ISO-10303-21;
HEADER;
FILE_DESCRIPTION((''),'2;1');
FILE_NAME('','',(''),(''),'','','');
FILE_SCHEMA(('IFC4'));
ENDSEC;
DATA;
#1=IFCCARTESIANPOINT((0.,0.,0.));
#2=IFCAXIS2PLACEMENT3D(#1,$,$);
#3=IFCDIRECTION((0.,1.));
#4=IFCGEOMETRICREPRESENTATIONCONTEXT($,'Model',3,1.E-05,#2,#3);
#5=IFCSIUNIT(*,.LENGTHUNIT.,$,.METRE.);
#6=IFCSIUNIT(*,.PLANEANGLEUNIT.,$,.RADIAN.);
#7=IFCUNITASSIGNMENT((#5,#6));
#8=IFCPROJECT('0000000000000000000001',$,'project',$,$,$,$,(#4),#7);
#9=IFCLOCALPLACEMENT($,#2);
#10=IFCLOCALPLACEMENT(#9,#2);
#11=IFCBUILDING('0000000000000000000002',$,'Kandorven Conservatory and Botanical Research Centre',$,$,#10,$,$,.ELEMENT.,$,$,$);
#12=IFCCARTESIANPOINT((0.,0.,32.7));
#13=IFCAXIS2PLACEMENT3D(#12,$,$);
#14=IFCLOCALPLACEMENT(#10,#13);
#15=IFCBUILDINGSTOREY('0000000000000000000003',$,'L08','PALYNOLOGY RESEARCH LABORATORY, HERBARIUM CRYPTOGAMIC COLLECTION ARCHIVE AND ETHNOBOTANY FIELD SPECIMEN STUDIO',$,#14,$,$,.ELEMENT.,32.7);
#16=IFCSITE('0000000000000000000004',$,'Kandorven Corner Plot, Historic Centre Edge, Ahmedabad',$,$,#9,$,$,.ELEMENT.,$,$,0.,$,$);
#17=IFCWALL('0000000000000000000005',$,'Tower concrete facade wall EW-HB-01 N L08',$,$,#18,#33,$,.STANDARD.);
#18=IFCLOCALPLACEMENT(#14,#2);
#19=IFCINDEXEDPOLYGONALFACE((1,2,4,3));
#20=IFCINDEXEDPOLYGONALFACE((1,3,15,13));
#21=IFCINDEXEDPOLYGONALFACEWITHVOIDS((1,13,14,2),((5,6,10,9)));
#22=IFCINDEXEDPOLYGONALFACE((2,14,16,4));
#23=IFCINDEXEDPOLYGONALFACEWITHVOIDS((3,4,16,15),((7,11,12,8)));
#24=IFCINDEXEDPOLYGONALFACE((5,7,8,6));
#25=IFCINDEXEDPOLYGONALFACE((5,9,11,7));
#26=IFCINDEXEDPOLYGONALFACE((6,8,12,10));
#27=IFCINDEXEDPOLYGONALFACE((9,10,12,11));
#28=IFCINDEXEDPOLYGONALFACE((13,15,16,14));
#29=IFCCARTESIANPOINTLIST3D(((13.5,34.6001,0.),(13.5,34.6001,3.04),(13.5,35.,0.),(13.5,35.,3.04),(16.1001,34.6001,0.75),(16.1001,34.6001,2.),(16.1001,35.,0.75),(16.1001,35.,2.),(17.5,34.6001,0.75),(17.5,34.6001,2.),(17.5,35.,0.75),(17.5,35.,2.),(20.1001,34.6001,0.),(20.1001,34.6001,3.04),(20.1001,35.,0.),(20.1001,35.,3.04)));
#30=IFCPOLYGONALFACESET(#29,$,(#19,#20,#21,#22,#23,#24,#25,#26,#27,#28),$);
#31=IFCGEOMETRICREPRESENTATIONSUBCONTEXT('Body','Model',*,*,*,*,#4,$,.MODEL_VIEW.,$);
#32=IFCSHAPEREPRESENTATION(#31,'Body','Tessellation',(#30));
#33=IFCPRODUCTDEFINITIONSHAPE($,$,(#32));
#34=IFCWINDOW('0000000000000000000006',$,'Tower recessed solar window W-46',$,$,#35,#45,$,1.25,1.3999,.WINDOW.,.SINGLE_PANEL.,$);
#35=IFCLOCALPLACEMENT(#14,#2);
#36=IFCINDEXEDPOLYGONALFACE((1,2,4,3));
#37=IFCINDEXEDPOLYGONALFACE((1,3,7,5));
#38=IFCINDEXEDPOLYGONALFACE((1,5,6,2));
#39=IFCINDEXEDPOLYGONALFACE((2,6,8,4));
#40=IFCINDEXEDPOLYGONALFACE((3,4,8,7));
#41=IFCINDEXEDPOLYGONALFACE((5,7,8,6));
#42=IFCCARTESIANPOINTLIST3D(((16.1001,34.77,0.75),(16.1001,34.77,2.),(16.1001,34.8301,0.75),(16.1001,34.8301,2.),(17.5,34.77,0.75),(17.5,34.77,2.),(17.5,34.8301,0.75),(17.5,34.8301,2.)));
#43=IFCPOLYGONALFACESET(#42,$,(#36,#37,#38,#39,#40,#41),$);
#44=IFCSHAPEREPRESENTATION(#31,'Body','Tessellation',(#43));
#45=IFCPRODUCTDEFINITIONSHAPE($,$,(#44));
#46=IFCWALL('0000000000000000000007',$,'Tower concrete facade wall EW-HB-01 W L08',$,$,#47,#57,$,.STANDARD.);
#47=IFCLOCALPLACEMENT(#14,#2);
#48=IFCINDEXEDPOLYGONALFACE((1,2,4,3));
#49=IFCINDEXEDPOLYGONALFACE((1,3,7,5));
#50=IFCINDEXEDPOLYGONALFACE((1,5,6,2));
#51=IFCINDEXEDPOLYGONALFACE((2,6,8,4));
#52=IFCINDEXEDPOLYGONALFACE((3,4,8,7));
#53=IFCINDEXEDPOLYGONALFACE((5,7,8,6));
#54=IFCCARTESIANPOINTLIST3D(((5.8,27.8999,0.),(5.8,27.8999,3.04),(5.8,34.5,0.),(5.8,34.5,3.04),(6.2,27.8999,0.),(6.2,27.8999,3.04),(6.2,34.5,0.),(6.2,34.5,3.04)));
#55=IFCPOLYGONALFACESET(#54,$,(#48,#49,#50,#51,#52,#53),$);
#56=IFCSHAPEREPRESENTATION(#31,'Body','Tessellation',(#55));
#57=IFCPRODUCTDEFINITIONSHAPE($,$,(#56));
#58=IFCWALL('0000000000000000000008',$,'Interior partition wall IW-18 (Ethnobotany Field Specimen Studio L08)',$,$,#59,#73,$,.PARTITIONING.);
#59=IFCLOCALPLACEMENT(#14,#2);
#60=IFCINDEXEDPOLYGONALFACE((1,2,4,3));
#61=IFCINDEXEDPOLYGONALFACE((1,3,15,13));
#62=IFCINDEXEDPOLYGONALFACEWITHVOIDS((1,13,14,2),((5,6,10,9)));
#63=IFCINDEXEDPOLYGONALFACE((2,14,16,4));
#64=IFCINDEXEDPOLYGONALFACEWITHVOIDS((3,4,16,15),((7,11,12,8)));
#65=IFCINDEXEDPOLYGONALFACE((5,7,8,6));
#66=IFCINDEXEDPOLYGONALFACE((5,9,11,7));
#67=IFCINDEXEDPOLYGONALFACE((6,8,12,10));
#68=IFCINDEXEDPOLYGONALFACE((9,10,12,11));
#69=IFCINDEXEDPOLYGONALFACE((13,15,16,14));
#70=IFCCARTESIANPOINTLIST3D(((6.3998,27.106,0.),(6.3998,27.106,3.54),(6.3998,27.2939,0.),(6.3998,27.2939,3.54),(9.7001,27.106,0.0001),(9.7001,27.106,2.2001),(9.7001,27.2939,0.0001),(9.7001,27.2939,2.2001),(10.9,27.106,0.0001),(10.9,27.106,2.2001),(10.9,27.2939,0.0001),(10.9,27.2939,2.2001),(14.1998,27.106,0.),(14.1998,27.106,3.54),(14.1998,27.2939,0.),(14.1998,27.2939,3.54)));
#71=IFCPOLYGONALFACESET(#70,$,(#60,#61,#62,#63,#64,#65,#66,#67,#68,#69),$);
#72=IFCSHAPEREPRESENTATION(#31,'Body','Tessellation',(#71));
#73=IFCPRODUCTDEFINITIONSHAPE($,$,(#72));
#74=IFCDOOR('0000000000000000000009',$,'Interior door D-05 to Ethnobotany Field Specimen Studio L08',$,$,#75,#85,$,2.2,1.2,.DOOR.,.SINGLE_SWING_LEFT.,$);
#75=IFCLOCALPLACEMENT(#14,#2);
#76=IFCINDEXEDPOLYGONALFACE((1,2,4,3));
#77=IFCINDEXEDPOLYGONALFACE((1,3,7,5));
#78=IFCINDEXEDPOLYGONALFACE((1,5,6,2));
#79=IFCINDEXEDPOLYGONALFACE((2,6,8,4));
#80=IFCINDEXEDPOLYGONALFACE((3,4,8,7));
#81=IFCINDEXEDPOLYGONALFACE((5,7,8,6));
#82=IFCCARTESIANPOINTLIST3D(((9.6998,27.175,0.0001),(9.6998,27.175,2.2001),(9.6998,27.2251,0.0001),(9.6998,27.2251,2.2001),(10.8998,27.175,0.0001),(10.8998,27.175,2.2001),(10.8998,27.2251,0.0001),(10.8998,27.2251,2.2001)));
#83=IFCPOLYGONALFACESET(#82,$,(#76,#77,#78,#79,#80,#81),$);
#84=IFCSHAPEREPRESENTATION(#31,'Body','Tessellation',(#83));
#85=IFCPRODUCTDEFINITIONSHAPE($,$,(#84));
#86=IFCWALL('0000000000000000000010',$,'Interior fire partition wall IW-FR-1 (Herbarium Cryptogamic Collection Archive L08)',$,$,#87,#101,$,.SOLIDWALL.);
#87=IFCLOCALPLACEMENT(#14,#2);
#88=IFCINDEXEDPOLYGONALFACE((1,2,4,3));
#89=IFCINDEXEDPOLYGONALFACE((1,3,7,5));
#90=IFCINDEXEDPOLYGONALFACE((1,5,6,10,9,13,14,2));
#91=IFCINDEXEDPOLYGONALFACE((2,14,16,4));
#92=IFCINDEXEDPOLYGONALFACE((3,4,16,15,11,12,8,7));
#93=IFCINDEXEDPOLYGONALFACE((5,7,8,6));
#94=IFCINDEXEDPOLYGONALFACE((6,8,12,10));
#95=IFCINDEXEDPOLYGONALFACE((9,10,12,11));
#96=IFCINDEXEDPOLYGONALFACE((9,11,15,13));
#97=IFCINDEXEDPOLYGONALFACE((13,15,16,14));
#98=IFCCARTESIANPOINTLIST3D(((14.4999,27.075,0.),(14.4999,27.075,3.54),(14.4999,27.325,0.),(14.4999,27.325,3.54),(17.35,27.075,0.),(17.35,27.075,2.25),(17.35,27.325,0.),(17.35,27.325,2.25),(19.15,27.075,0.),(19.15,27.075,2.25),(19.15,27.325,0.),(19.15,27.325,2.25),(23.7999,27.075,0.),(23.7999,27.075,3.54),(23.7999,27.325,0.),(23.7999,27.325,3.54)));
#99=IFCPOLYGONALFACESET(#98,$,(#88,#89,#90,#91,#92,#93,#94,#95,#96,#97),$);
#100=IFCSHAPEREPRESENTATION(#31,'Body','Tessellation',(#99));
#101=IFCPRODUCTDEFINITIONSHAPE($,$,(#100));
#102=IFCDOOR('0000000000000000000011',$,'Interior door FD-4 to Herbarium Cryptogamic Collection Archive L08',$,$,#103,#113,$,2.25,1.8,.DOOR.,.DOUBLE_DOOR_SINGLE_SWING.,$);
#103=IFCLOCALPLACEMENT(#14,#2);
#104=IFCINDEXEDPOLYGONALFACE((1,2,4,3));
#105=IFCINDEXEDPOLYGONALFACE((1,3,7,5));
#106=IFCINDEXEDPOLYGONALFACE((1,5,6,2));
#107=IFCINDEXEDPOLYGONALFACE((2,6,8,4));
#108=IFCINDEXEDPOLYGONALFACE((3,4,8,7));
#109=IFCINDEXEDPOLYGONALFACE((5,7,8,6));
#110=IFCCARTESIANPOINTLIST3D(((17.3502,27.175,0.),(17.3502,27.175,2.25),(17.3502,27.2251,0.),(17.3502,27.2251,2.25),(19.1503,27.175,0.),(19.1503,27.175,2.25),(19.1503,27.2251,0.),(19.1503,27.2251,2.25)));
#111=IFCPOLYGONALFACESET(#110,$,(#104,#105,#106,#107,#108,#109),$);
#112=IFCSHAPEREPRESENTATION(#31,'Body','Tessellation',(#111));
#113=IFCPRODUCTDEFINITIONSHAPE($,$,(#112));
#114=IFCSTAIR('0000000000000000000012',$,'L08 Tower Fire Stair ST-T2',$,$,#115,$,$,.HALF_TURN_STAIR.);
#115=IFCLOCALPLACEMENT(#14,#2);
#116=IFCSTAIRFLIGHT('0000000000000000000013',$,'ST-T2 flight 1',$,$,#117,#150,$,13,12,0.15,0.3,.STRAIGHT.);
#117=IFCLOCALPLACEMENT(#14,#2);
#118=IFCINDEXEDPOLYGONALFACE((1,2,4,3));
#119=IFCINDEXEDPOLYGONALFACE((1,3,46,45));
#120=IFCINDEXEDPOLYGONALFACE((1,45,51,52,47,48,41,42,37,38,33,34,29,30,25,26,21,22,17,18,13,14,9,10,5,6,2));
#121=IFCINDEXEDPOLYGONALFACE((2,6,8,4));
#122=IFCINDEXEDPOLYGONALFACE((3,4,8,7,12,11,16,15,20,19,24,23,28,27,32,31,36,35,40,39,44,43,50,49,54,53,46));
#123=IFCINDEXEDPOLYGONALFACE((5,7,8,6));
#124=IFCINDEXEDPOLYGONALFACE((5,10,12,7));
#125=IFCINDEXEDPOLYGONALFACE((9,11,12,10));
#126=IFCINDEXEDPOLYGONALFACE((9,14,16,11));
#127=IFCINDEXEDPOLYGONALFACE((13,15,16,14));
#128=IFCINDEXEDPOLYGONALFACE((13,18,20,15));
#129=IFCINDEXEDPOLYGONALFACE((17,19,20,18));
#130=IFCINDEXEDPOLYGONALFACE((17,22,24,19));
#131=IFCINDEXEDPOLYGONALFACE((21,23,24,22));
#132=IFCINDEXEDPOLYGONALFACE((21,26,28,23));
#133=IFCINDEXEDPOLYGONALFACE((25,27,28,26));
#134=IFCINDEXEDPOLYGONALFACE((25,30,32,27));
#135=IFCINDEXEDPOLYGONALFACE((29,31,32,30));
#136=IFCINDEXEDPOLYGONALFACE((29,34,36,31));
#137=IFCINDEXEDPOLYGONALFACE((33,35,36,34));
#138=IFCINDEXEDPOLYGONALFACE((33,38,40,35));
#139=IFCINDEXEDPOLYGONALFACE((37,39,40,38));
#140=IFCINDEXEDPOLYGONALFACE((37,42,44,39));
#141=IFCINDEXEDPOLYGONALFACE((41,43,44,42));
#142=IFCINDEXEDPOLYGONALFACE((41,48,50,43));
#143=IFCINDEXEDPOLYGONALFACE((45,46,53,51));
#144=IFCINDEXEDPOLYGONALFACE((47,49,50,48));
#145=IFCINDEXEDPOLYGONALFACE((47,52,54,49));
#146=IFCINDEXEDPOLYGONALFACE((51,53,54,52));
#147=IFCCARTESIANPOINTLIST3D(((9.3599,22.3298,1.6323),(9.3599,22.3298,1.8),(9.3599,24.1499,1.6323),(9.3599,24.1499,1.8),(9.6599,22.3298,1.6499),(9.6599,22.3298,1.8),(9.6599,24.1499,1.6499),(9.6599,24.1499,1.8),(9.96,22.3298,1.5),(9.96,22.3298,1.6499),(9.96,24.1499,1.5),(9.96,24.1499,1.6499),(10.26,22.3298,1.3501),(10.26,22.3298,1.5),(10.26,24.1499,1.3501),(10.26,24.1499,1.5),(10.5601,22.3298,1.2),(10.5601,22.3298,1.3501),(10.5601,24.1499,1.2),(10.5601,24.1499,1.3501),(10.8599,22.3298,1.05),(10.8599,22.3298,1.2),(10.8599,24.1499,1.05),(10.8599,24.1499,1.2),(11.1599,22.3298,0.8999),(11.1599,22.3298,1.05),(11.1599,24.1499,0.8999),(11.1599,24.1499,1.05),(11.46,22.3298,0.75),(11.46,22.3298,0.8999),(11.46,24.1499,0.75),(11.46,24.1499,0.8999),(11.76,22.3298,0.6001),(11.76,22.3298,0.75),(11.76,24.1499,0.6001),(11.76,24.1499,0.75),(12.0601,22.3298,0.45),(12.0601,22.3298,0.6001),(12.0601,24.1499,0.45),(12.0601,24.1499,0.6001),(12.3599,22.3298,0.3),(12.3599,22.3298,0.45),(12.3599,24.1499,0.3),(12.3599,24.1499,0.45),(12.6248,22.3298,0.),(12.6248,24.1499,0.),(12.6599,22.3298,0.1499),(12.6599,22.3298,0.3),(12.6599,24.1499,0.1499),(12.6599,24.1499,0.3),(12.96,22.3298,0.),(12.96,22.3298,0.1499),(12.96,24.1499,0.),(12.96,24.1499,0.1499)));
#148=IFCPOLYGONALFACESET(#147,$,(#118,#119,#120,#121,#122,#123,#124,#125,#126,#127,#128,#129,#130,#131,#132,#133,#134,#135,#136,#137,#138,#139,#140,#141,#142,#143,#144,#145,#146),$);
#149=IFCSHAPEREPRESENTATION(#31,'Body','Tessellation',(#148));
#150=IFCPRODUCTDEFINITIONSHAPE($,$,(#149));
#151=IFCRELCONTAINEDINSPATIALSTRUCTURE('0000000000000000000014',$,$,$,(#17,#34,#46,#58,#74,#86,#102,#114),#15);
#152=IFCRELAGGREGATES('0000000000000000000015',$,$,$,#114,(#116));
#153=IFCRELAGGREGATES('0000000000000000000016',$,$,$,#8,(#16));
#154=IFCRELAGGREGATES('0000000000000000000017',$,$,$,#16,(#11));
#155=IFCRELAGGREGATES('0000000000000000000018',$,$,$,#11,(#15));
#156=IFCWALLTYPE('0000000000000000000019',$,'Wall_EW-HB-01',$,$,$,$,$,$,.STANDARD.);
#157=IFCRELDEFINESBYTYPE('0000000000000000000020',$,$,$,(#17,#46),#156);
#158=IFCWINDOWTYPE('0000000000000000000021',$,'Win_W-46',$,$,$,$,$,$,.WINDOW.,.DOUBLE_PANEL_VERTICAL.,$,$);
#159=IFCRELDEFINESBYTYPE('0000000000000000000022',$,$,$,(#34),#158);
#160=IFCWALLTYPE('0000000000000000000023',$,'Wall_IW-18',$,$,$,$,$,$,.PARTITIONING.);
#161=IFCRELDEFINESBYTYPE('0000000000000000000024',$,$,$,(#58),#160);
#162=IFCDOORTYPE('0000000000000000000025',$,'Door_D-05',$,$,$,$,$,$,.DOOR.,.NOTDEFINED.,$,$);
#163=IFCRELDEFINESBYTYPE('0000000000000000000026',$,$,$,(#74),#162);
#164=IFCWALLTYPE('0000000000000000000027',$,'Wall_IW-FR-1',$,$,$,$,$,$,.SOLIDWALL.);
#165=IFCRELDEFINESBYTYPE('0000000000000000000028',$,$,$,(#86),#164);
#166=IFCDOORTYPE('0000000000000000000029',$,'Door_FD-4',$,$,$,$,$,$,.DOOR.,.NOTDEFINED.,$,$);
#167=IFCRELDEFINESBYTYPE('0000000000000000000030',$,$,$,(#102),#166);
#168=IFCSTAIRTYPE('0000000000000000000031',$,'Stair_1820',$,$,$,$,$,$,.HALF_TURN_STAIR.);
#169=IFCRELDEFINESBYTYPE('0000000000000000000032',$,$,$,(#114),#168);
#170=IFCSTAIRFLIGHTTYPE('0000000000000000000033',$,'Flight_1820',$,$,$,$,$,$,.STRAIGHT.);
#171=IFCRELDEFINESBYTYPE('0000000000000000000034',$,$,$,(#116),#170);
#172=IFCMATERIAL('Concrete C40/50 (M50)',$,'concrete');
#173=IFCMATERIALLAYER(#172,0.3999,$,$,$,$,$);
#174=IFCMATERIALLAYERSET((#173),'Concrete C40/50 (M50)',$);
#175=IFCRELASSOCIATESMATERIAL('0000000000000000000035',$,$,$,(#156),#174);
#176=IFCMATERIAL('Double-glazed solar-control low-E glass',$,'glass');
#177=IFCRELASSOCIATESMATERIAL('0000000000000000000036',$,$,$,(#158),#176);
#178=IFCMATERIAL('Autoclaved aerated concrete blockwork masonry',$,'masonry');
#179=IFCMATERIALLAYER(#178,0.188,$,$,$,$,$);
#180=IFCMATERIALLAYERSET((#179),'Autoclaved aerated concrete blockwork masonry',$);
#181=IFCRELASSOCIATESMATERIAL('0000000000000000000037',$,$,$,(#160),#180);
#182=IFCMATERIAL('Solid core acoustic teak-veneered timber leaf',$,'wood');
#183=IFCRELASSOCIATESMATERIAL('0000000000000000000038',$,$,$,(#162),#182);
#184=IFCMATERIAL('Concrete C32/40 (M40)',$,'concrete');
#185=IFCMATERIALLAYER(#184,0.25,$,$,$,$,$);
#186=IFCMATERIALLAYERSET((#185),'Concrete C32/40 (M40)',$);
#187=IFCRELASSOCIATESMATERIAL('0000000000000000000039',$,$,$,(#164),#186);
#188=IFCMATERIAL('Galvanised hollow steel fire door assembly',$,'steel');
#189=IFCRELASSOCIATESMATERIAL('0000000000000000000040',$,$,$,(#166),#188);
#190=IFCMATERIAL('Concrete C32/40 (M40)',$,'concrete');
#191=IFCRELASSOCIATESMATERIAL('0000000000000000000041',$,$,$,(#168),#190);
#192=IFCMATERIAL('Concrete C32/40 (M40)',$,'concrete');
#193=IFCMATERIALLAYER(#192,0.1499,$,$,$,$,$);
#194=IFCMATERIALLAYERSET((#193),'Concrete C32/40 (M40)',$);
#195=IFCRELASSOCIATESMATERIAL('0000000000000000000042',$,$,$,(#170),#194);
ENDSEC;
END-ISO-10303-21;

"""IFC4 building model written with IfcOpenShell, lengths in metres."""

from ifc_helpers import new_model, si_unit, direction, frame, frame_2d, origin, place, context, subcontext, project, spatial, polyline, rectangle, outline, extrude, material, layer, layer_set, type_object, element, fill, aggregate, save


model = new_model("IFC4")

# Units and contexts
model_context = context("Model", 3, precision=1e-05, world=origin(), true_north=direction((0.0, 1.0)))
body_context = subcontext(model_context, "Body", "Model", "MODEL_VIEW")
ifc_project = project(units=[si_unit("LENGTHUNIT", "METRE"), si_unit("PLANEANGLEUNIT", "RADIAN")], contexts=[model_context])

# Site, building, storey
site_placement = place(None, origin())
site = spatial("IfcSite", under=ifc_project, at=site_placement, Name="Kandorven Corner Plot, Historic Centre Edge, Ahmedabad", CompositionType="ELEMENT", RefElevation=0.0)
building_placement = place(site_placement, origin())
building = spatial("IfcBuilding", under=site, at=building_placement, Name="Kandorven Conservatory and Botanical Research Centre", CompositionType="ELEMENT")
storey_placement = place(building_placement, frame((0.0, 0.0, 32.7)))
storey = spatial("IfcBuildingStorey", under=building, at=storey_placement, Name="L08", Description="PALYNOLOGY RESEARCH LABORATORY, HERBARIUM CRYPTOGAMIC COLLECTION ARCHIVE AND ETHNOBOTANY FIELD SPECIMEN STUDIO", CompositionType="ELEMENT", Elevation=32.7)

# Wall, opening, window
ifc_material_1 = material(Name="Concrete C40/50 (M50)", Category="concrete")
ifc_layer_1 = layer(ifc_material_1, 0.3999)
ifc_layer_set_1 = layer_set([ifc_layer_1], Name="Concrete C40/50 (M50)")
wall_type_1 = type_object("IfcWallType", Name="Wall_EW-HB-01", PredefinedType="STANDARD", material=ifc_layer_set_1)
wall_1_placement = place(storey_placement, frame((13.5, 34.8, 0.0), z_axis=(0.0, 0.0, 1.0), x_axis=(1.0, 0.0, 0.0)))
wall_1 = element("IfcWall", 1, at=wall_1_placement, inside=storey, type_object=wall_type_1, Name="Tower concrete facade wall EW-HB-01 N L08", PredefinedType="STANDARD", context=body_context, shape_type="SweptSolid", body=[
    extrude(rectangle(XDim=6.6001, YDim=0.3999, at=frame_2d((3.3, 0.0))), origin(), (0.0, 0.0, 1.0), 3.04),
])
opening_1_placement = place(wall_1_placement, frame((2.6001, 0.0, 0.75)))
opening_1 = element("IfcOpeningElement", 2, at=opening_1_placement, cuts=wall_1, PredefinedType="OPENING", context=body_context, shape_type="SweptSolid", body=[
    extrude(rectangle(XDim=1.3999, YDim=1.25, at=frame_2d((0.7, 0.625))), frame((0.0, 0.21, 0.0), z_axis=(0.0, -1.0, 0.0), x_axis=(1.0, 0.0, 0.0)), (0.0, 0.0, 1.0), 0.4199),
])
ifc_material_2 = material(Name="Double-glazed solar-control low-E glass", Category="glass")
window_type_1 = type_object("IfcWindowType", Name="Win_W-46", PartitioningType="DOUBLE_PANEL_VERTICAL", PredefinedType="WINDOW", material=ifc_material_2)
window_1_placement = place(opening_1_placement, origin())
window_1 = element("IfcWindow", 3, at=window_1_placement, inside=storey, type_object=window_type_1, Name="Tower recessed solar window W-46", OverallHeight=1.25, OverallWidth=1.3999, PartitioningType="SINGLE_PANEL", PredefinedType="WINDOW", context=body_context, shape_type="SweptSolid", body=[
    extrude(rectangle(XDim=1.3999, YDim=1.25, at=frame_2d((0.7, 0.625))), frame((0.0, 0.03, 0.0), z_axis=(0.0, -1.0, 0.0), x_axis=(1.0, 0.0, 0.0)), (0.0, 0.0, 1.0), 0.0601),
])
fill(opening_1, window_1)

# Wall
wall_2_placement = place(storey_placement, frame((6.0, 27.8999, 0.0), z_axis=(0.0, 0.0, 1.0), x_axis=(0.0, 1.0, 0.0)))
element("IfcWall", 4, at=wall_2_placement, inside=storey, type_object=wall_type_1, Name="Tower concrete facade wall EW-HB-01 W L08", PredefinedType="STANDARD", context=body_context, shape_type="SweptSolid", body=[
    extrude(rectangle(XDim=6.6001, YDim=0.3999, at=frame_2d((3.3, 0.0))), origin(), (0.0, 0.0, 1.0), 3.04),
])

# Walls, openings, doors
ifc_material_3 = material(Name="Autoclaved aerated concrete blockwork masonry", Category="masonry")
ifc_layer_2 = layer(ifc_material_3, 0.188)
ifc_layer_set_2 = layer_set([ifc_layer_2], Name="Autoclaved aerated concrete blockwork masonry")
wall_type_2 = type_object("IfcWallType", Name="Wall_IW-18", PredefinedType="PARTITIONING", material=ifc_layer_set_2)
wall_3_placement = place(storey_placement, frame((6.3999, 27.2, 0.0), z_axis=(0.0, 0.0, 1.0), x_axis=(1.0, 0.0, 0.0)))
wall_3 = element("IfcWall", 5, at=wall_3_placement, inside=storey, type_object=wall_type_2, Name="Interior partition wall IW-18 (Ethnobotany Field Specimen Studio L08)", PredefinedType="PARTITIONING", context=body_context, shape_type="SweptSolid", body=[
    extrude(rectangle(XDim=7.8, YDim=0.188, at=frame_2d((3.8999, 0.0))), origin(), (0.0, 0.0, 1.0), 3.54),
])
opening_2_placement = place(wall_3_placement, frame((3.3, 0.0, 0.0)))
opening_2 = element("IfcOpeningElement", 6, at=opening_2_placement, cuts=wall_3, PredefinedType="OPENING", context=body_context, shape_type="SweptSolid", body=[
    extrude(rectangle(XDim=1.2, YDim=2.2, at=frame_2d((0.6001, 1.1001))), frame((0.0, 0.104, 0.0), z_axis=(0.0, -1.0, 0.0), x_axis=(1.0, 0.0, 0.0)), (0.0, 0.0, 1.0), 0.208),
])
ifc_material_4 = material(Name="Solid core acoustic teak-veneered timber leaf", Category="wood")
door_type_1 = type_object("IfcDoorType", Name="Door_D-05", OperationType="NOTDEFINED", PredefinedType="DOOR", material=ifc_material_4)
door_1_placement = place(opening_2_placement, frame((1.2, 0.0, 0.0), z_axis=(0.0, 0.0, 1.0), x_axis=(-1.0, 0.0, 0.0)))
door_1 = element("IfcDoor", 7, at=door_1_placement, inside=storey, type_object=door_type_1, Name="Interior door D-05 to Ethnobotany Field Specimen Studio L08", OperationType="SINGLE_SWING_LEFT", OverallHeight=2.2, OverallWidth=1.2, PredefinedType="DOOR", context=body_context, shape_type="SweptSolid", body=[
    extrude(rectangle(XDim=1.2, YDim=2.2, at=frame_2d((0.6001, 1.1001))), frame((0.0, 0.0249, 0.0), z_axis=(0.0, -1.0, 0.0), x_axis=(1.0, 0.0, 0.0)), (0.0, 0.0, 1.0), 0.05),
])
fill(opening_2, door_1)
ifc_material_5 = material(Name="Concrete C32/40 (M40)", Category="concrete")
ifc_layer_3 = layer(ifc_material_5, 0.25)
ifc_layer_set_3 = layer_set([ifc_layer_3], Name="Concrete C32/40 (M40)")
wall_type_3 = type_object("IfcWallType", Name="Wall_IW-FR-1", PredefinedType="SOLIDWALL", material=ifc_layer_set_3)
wall_4_placement = place(storey_placement, frame((14.5, 27.2, 0.0), z_axis=(0.0, 0.0, 1.0), x_axis=(1.0, 0.0, 0.0)))
wall_4 = element("IfcWall", 8, at=wall_4_placement, inside=storey, type_object=wall_type_3, Name="Interior fire partition wall IW-FR-1 (Herbarium Cryptogamic Collection Archive L08)", PredefinedType="SOLIDWALL", context=body_context, shape_type="SweptSolid", body=[
    extrude(rectangle(XDim=9.3, YDim=0.25, at=frame_2d((4.6499, 0.0))), origin(), (0.0, 0.0, 1.0), 3.54),
])
opening_3_placement = place(wall_4_placement, frame((2.8501, 0.0, 0.0)))
opening_3 = element("IfcOpeningElement", 9, at=opening_3_placement, cuts=wall_4, PredefinedType="OPENING", context=body_context, shape_type="SweptSolid", body=[
    extrude(rectangle(XDim=1.8, YDim=2.25, at=frame_2d((0.8999, 1.125))), frame((0.0, 0.135, 0.0), z_axis=(0.0, -1.0, 0.0), x_axis=(1.0, 0.0, 0.0)), (0.0, 0.0, 1.0), 0.27),
])
ifc_material_6 = material(Name="Galvanised hollow steel fire door assembly", Category="steel")
door_type_2 = type_object("IfcDoorType", Name="Door_FD-4", OperationType="NOTDEFINED", PredefinedType="DOOR", material=ifc_material_6)
door_2_placement = place(opening_3_placement, frame((1.8, 0.0, 0.0), z_axis=(0.0, 0.0, 1.0), x_axis=(-1.0, 0.0, 0.0)))
door_2 = element("IfcDoor", 10, at=door_2_placement, inside=storey, type_object=door_type_2, Name="Interior door FD-4 to Herbarium Cryptogamic Collection Archive L08", OperationType="DOUBLE_DOOR_SINGLE_SWING", OverallHeight=2.25, OverallWidth=1.8, PredefinedType="DOOR", context=body_context, shape_type="SweptSolid", body=[
    extrude(rectangle(XDim=1.8, YDim=2.25, at=frame_2d((0.8999, 1.125))), frame((0.0, 0.0249, 0.0), z_axis=(0.0, -1.0, 0.0), x_axis=(1.0, 0.0, 0.0)), (0.0, 0.0, 1.0), 0.05),
])
fill(opening_3, door_2)

# Stair, stair flight
ifc_material_7 = material(Name="Concrete C32/40 (M40)", Category="concrete")
stair_type = type_object("IfcStairType", Name="Stair_1820", PredefinedType="HALF_TURN_STAIR", material=ifc_material_7)
stair_placement = place(storey_placement, origin())
stair = element("IfcStair", 11, at=stair_placement, inside=storey, type_object=stair_type, Name="L08 Tower Fire Stair ST-T2", PredefinedType="HALF_TURN_STAIR")
ifc_material_8 = material(Name="Concrete C32/40 (M40)", Category="concrete")
ifc_layer_4 = layer(ifc_material_8, 0.1499)
ifc_layer_set_4 = layer_set([ifc_layer_4], Name="Concrete C32/40 (M40)")
stair_flight_type = type_object("IfcStairFlightType", Name="Flight_1820", PredefinedType="STRAIGHT", material=ifc_layer_set_4)
stair_flight_placement = place(storey_placement, frame((12.96, 23.24, 0.0), z_axis=(0.0, 0.0, 1.0), x_axis=(-1.0, 0.0, 0.0)))
stair_flight = element("IfcStairFlight", 12, at=stair_flight_placement, type_object=stair_flight_type, Name="ST-T2 flight 1", NumberOfRisers=13, NumberOfTreads=12, PredefinedType="STRAIGHT", RiserHeight=0.15, TreadLength=0.3, context=body_context, shape_type="SweptSolid", body=[
    extrude(outline(polyline([(0.0, 0.0), (0.0, 0.1499), (0.3, 0.1499), (0.3, 0.3), (0.6001, 0.3), (0.6001, 0.45), (0.8999, 0.45), (0.8999, 0.6001), (1.2, 0.6001), (1.2, 0.75), (1.5, 0.75), (1.5, 0.8999), (1.8, 0.8999), (1.8, 1.05), (2.1001, 1.05), (2.1001, 1.2), (2.3999, 1.2), (2.3999, 1.3501), (2.7, 1.3501), (2.7, 1.5), (3.0, 1.5), (3.0, 1.6499), (3.3, 1.6499), (3.3, 1.8), (3.6001, 1.8), (3.6001, 1.95), (3.6001, 1.6323), (0.3352, 0.0), (0.0, 0.0)])), frame((0.0, 0.9102, 0.0), z_axis=(0.0, -1.0, 0.0), x_axis=(1.0, 0.0, 0.0)), (0.0, 0.0, 1.0), 1.8201),
])
aggregate(stair, [stair_flight])

save(model, "model.ifc")
